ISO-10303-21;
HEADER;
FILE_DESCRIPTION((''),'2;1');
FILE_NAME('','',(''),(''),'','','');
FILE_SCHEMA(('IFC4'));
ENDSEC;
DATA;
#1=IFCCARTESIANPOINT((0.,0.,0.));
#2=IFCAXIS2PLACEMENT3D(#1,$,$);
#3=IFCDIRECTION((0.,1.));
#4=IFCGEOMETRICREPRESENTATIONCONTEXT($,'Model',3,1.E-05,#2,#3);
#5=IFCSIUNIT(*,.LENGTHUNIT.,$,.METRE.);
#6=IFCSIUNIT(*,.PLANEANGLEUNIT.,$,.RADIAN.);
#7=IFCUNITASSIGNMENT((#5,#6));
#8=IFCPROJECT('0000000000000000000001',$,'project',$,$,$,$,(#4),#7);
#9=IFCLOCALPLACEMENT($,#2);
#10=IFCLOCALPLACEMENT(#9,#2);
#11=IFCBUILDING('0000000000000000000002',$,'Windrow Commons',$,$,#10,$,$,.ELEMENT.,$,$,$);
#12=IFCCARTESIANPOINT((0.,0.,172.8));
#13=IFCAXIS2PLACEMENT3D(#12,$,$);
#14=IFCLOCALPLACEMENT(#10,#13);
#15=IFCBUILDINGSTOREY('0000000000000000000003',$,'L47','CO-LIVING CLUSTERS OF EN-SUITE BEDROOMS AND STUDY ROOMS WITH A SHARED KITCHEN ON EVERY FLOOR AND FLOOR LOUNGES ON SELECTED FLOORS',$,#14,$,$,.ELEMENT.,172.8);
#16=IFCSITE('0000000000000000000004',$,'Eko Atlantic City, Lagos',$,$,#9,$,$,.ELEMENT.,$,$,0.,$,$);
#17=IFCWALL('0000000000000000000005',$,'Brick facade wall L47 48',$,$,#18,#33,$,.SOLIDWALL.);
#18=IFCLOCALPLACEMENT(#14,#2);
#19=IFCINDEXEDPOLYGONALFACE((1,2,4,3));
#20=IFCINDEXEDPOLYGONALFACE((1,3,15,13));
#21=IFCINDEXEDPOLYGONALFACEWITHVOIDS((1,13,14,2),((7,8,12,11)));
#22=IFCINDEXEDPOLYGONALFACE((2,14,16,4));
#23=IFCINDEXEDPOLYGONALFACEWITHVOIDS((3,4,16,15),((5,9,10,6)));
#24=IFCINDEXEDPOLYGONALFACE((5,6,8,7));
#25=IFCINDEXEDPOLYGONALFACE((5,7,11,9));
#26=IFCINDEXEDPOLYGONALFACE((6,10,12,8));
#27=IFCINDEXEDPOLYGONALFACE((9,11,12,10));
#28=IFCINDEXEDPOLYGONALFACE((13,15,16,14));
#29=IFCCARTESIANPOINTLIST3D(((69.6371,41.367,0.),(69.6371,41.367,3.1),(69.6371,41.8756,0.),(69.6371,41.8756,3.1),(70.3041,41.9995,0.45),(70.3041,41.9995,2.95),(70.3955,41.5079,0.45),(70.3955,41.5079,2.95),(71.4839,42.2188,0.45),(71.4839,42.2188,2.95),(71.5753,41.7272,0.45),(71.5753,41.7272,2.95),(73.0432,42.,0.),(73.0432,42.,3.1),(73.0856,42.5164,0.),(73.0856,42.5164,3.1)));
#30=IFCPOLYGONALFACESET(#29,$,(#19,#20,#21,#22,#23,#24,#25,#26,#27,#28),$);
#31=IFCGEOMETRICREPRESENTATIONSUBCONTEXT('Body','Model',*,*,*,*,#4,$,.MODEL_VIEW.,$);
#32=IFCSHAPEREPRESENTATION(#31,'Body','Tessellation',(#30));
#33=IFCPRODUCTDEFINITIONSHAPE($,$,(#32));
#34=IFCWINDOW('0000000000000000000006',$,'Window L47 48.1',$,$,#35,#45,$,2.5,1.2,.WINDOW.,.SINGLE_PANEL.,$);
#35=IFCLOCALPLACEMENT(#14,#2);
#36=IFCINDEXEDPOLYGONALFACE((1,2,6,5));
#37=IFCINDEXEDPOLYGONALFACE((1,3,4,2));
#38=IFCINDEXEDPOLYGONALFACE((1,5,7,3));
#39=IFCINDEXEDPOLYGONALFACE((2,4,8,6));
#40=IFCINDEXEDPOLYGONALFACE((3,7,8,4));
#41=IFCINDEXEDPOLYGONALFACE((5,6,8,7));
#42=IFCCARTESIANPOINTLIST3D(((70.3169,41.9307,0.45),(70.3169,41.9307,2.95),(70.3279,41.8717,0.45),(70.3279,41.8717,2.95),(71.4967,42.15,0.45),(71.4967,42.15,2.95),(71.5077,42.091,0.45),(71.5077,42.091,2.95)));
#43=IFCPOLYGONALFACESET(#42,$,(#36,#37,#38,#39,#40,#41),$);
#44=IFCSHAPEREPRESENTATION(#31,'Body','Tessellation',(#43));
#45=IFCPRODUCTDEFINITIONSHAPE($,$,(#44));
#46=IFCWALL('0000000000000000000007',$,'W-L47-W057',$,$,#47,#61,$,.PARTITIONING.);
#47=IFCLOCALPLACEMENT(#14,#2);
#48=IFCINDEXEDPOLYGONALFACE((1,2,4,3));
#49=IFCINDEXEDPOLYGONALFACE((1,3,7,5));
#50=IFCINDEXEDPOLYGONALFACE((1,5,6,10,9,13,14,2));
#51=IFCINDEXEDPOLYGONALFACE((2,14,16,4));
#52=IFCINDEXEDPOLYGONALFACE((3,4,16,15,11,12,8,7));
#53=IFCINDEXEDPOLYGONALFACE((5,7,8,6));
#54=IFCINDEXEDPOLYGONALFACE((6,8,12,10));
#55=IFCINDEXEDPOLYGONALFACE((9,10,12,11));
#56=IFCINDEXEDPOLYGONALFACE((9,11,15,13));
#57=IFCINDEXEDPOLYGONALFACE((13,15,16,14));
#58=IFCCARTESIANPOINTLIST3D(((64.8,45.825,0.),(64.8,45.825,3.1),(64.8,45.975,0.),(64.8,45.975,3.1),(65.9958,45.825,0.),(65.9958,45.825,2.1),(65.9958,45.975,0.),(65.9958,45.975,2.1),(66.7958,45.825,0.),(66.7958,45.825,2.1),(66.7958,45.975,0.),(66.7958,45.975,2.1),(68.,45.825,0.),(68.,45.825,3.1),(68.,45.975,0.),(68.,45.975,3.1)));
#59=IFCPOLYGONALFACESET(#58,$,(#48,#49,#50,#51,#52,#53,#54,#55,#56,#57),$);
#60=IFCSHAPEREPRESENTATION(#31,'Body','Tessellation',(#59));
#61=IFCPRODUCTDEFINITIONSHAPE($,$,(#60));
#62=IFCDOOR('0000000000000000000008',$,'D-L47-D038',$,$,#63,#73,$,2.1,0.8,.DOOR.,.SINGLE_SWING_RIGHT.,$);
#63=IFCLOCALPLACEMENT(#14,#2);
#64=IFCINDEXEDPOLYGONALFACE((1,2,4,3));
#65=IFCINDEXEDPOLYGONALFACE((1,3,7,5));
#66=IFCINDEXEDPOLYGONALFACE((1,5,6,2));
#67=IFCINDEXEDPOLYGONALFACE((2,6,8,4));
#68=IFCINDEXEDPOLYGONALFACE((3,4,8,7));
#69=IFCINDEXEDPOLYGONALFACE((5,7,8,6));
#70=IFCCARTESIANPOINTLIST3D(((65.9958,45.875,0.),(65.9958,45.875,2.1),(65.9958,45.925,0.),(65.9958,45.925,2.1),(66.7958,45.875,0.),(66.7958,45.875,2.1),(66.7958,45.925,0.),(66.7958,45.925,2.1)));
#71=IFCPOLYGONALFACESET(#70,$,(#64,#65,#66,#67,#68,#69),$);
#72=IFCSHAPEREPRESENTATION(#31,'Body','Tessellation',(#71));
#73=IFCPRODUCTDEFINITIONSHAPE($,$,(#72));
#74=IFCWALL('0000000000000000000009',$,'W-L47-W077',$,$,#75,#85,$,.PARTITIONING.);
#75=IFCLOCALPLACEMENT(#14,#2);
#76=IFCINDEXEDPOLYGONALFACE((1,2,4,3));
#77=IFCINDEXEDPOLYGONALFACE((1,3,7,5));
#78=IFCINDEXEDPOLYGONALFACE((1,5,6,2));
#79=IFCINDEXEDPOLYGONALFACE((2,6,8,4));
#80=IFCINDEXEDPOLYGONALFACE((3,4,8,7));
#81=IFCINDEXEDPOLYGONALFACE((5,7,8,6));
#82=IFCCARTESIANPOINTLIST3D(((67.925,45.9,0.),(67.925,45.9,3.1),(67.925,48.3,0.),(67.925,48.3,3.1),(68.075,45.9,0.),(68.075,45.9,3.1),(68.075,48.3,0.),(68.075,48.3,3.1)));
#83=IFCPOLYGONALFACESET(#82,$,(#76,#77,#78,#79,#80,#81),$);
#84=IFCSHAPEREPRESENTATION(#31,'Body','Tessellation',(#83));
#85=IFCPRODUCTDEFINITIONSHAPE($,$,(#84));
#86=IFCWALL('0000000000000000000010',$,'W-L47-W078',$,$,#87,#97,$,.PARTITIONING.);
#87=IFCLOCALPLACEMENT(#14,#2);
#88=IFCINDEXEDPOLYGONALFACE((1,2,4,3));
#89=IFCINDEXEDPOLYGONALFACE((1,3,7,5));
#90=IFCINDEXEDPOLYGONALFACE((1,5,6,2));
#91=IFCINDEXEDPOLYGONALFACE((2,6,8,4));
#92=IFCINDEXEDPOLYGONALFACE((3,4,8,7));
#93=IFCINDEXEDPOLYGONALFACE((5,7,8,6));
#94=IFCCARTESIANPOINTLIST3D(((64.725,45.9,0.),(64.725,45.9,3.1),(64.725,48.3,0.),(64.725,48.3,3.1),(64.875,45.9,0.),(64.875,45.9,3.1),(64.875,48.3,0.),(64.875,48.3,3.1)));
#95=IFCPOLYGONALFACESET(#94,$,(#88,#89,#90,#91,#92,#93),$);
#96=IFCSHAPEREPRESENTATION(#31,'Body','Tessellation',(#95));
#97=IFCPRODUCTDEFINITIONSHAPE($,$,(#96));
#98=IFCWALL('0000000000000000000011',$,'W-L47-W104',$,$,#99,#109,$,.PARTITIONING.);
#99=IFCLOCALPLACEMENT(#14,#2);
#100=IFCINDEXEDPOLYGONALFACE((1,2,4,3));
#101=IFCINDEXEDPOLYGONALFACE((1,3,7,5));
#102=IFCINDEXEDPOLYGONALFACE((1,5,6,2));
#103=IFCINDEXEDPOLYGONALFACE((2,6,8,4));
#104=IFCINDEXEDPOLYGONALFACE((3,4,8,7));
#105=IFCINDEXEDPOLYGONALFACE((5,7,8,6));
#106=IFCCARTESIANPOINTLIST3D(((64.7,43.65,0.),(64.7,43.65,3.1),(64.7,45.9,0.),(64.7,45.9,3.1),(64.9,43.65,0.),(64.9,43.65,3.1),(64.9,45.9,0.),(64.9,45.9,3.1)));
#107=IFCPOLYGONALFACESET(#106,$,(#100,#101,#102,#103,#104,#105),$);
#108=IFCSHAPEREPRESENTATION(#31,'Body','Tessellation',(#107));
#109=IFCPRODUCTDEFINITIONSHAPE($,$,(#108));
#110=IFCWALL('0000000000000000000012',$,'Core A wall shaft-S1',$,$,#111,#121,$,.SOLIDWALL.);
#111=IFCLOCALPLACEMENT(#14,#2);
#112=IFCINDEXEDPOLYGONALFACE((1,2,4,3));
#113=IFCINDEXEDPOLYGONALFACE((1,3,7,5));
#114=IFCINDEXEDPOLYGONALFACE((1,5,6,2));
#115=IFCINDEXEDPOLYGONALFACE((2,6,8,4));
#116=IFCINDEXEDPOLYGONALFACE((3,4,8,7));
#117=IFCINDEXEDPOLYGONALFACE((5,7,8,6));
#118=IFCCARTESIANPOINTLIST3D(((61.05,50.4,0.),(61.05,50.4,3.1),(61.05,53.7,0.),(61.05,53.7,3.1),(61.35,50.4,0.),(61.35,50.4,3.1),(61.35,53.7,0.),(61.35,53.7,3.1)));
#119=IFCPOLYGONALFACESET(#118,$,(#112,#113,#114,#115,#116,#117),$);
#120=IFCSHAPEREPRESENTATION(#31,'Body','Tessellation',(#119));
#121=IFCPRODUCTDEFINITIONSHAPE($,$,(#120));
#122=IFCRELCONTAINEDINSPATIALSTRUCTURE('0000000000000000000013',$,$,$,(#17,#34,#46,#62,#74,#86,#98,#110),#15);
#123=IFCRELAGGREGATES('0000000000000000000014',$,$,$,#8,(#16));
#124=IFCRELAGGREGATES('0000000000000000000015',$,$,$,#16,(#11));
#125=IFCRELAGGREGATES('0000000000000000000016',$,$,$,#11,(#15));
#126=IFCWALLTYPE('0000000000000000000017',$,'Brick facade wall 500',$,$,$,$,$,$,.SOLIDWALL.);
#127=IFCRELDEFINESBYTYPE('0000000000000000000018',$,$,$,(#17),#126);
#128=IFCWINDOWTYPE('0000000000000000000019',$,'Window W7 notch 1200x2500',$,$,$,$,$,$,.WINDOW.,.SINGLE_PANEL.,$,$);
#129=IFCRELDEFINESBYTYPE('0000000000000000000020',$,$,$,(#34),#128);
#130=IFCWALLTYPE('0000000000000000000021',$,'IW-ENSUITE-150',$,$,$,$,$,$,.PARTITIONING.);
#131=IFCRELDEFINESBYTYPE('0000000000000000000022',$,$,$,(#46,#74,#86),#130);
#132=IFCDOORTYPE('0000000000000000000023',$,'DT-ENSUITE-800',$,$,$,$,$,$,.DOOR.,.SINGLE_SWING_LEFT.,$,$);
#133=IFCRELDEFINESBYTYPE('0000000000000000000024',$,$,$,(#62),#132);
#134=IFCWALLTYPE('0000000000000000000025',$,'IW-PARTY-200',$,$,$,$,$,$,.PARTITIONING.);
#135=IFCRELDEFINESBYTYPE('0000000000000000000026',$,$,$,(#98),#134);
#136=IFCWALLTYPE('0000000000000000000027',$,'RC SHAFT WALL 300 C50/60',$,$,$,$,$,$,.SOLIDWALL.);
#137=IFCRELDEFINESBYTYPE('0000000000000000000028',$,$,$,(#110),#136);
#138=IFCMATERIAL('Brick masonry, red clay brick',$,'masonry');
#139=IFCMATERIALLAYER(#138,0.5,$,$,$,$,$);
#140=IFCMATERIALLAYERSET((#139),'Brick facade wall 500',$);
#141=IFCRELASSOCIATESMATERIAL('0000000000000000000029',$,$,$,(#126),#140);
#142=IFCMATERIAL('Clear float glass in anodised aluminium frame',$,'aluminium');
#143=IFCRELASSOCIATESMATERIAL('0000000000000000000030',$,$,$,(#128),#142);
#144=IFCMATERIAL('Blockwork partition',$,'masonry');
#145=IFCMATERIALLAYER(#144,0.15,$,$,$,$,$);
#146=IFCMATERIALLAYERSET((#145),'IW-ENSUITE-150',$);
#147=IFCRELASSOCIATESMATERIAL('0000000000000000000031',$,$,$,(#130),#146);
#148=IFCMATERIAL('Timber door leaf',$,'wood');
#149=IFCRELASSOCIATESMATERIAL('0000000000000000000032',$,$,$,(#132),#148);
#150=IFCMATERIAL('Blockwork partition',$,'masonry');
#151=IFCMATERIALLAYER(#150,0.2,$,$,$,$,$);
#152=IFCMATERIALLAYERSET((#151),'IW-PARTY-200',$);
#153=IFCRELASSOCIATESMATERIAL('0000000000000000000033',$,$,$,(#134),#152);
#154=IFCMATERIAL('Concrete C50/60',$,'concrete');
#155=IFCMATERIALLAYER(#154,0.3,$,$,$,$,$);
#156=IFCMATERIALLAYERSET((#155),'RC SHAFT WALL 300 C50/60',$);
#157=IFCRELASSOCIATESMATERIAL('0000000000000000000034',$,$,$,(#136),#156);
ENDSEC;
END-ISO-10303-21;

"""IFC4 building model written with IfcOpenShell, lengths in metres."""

from ifc_helpers import new_model, si_unit, direction, frame, frame_2d, origin, place, context, subcontext, project, spatial, polyline, rectangle, outline, extrude, material, layer, layer_set, type_object, element, fill, save


model = new_model("IFC4")

# Units and contexts
model_context = context("Model", 3, precision=1e-05, world=origin(), true_north=direction((0.0, 1.0)))
body_context = subcontext(model_context, "Body", "Model", "MODEL_VIEW")
ifc_project = project(units=[si_unit("LENGTHUNIT", "METRE"), si_unit("PLANEANGLEUNIT", "RADIAN")], contexts=[model_context])

# Site, building, storey
site_placement = place(None, origin())
site = spatial("IfcSite", under=ifc_project, at=site_placement, Name="Eko Atlantic City, Lagos", CompositionType="ELEMENT", RefElevation=0.0)
building_placement = place(site_placement, origin())
building = spatial("IfcBuilding", under=site, at=building_placement, Name="Windrow Commons", CompositionType="ELEMENT")
storey_placement = place(building_placement, frame((0.0, 0.0, 172.8)))
storey = spatial("IfcBuildingStorey", under=building, at=storey_placement, Name="L47", Description="CO-LIVING CLUSTERS OF EN-SUITE BEDROOMS AND STUDY ROOMS WITH A SHARED KITCHEN ON EVERY FLOOR AND FLOOR LOUNGES ON SELECTED FLOORS", CompositionType="ELEMENT", Elevation=172.8)

# Shared definitions
ifc_material_1 = material(Name="Brick masonry, red clay brick", Category="masonry")
ifc_layer_1 = layer(ifc_material_1, 0.5)
ifc_layer_set_1 = layer_set([ifc_layer_1], Name="Brick facade wall 500")
wall_type_1 = type_object("IfcWallType", Name="Brick facade wall 500", PredefinedType="SOLIDWALL", material=ifc_layer_set_1)
ifc_material_2 = material(Name="Clear float glass in anodised aluminium frame", Category="aluminium")
window_type = type_object("IfcWindowType", Name="Window W7 notch 1200x2500", PartitioningType="SINGLE_PANEL", PredefinedType="WINDOW", material=ifc_material_2)

# Wall, opening, window
wall_1_placement = place(storey_placement, frame((69.6371, 41.6213, 0.0), z_axis=(0.0, 0.0, 1.0), x_axis=(0.983168, 0.182704, 0.0)))
wall_1 = element("IfcWall", 1, at=wall_1_placement, inside=storey, type_object=wall_type_1, Name="Brick facade wall L47 48", PredefinedType="SOLIDWALL", context=body_context, shape_type="SweptSolid", body=[
    extrude(outline(polyline([(-0.0465, -0.25), (3.418, -0.25), (3.554, 0.25), (0.0465, 0.25), (-0.0465, -0.25)])), origin(), (0.0, 0.0, 1.0), 3.1),
])
opening_1_placement = place(wall_1_placement, frame((0.7249, 0.0, 0.45)))
opening_1 = element("IfcOpeningElement", 2, at=opening_1_placement, cuts=wall_1, PredefinedType="OPENING", context=body_context, shape_type="SweptSolid", body=[
    extrude(rectangle(XDim=1.2, YDim=2.5, at=frame_2d((0.6, 1.25))), frame((0.0, 0.26, 0.0), z_axis=(0.0, -1.0, 0.0), x_axis=(1.0, 0.0, 0.0)), (0.0, 0.0, 1.0), 0.52),
])
window_1_placement = place(opening_1_placement, origin())
window_1 = element("IfcWindow", 3, at=window_1_placement, inside=storey, type_object=window_type, Name="Window L47 48.1", OverallHeight=2.5, OverallWidth=1.2, PartitioningType="SINGLE_PANEL", PredefinedType="WINDOW", context=body_context, shape_type="SweptSolid", body=[
    extrude(rectangle(XDim=1.2, YDim=2.5, at=frame_2d((0.6, 1.25))), frame((0.0, 0.18, 0.0), z_axis=(0.0, -1.0, 0.0), x_axis=(1.0, 0.0, 0.0)), (0.0, 0.0, 1.0), 0.06),
])
fill(opening_1, window_1)

# Wall, opening, door
ifc_material_3 = material(Name="Blockwork partition", Category="masonry")
ifc_layer_2 = layer(ifc_material_3, 0.15)
ifc_layer_set_2 = layer_set([ifc_layer_2], Name="IW-ENSUITE-150")
wall_type_2 = type_object("IfcWallType", Name="IW-ENSUITE-150", PredefinedType="PARTITIONING", material=ifc_layer_set_2)
wall_2_placement = place(storey_placement, frame((64.8, 45.9, 0.0), z_axis=(0.0, 0.0, 1.0), x_axis=(1.0, 0.0, 0.0)))
wall_2 = element("IfcWall", 4, at=wall_2_placement, inside=storey, type_object=wall_type_2, Name="W-L47-W057", PredefinedType="PARTITIONING", context=body_context, shape_type="SweptSolid", body=[
    extrude(rectangle(XDim=3.2, YDim=0.15, at=frame_2d((1.6, 0.0))), origin(), (0.0, 0.0, 1.0), 3.1),
])
opening_2_placement = place(wall_2_placement, frame((1.1958, 0.0, 0.0)))
opening_2 = element("IfcOpeningElement", 5, at=opening_2_placement, cuts=wall_2, PredefinedType="OPENING", context=body_context, shape_type="SweptSolid", body=[
    extrude(rectangle(XDim=0.8, YDim=2.1, at=frame_2d((0.4, 1.05))), frame((0.0, 0.085, 0.0), z_axis=(0.0, -1.0, 0.0), x_axis=(1.0, 0.0, 0.0)), (0.0, 0.0, 1.0), 0.17),
])
ifc_material_4 = material(Name="Timber door leaf", Category="wood")
door_type = type_object("IfcDoorType", Name="DT-ENSUITE-800", OperationType="SINGLE_SWING_LEFT", PredefinedType="DOOR", material=ifc_material_4)
door_placement = place(opening_2_placement, origin())
door = element("IfcDoor", 6, at=door_placement, inside=storey, type_object=door_type, Name="D-L47-D038", OperationType="SINGLE_SWING_RIGHT", OverallHeight=2.1, OverallWidth=0.8, PredefinedType="DOOR", context=body_context, shape_type="SweptSolid", body=[
    extrude(rectangle(XDim=0.8, YDim=2.1, at=frame_2d((0.4, 1.05))), frame((0.0, 0.025, 0.0), z_axis=(0.0, -1.0, 0.0), x_axis=(1.0, 0.0, 0.0)), (0.0, 0.0, 1.0), 0.05),
])
fill(opening_2, door)

# Walls
for number, where, z_axis, x_axis, name in (
    (7, (68.0, 45.9, 0.0), (0.0, 0.0, 1.0), (0.0, 1.0, 0.0), "W-L47-W077"),
    (8, (64.8, 45.9, 0.0), (0.0, 0.0, 1.0), (0.0, 1.0, 0.0), "W-L47-W078"),
):
    element("IfcWall", number, at=place(storey_placement, frame(where, z_axis=z_axis, x_axis=x_axis)), inside=storey, type_object=wall_type_2, Name=name, PredefinedType="PARTITIONING", context=body_context, shape_type="SweptSolid", body=[
        extrude(rectangle(XDim=2.4, YDim=0.15, at=frame_2d((1.2, 0.0))), origin(), (0.0, 0.0, 1.0), 3.1),
    ])
ifc_material_5 = material(Name="Blockwork partition", Category="masonry")
ifc_layer_3 = layer(ifc_material_5, 0.2)
ifc_layer_set_3 = layer_set([ifc_layer_3], Name="IW-PARTY-200")
wall_type_3 = type_object("IfcWallType", Name="IW-PARTY-200", PredefinedType="PARTITIONING", material=ifc_layer_set_3)
wall_3_placement = place(storey_placement, frame((64.8, 43.65, 0.0), z_axis=(0.0, 0.0, 1.0), x_axis=(0.0, 1.0, 0.0)))
element("IfcWall", 9, at=wall_3_placement, inside=storey, type_object=wall_type_3, Name="W-L47-W104", PredefinedType="PARTITIONING", context=body_context, shape_type="SweptSolid", body=[
    extrude(rectangle(XDim=2.25, YDim=0.2, at=frame_2d((1.125, 0.0))), origin(), (0.0, 0.0, 1.0), 3.1),
])
ifc_material_6 = material(Name="Concrete C50/60", Category="concrete")
ifc_layer_4 = layer(ifc_material_6, 0.3)
ifc_layer_set_4 = layer_set([ifc_layer_4], Name="RC SHAFT WALL 300 C50/60")
wall_type_4 = type_object("IfcWallType", Name="RC SHAFT WALL 300 C50/60", PredefinedType="SOLIDWALL", material=ifc_layer_set_4)
wall_4_placement = place(storey_placement, frame((61.2, 50.4, 0.0), z_axis=(0.0, 0.0, 1.0), x_axis=(0.0, 1.0, 0.0)))
element("IfcWall", 10, at=wall_4_placement, inside=storey, type_object=wall_type_4, Name="Core A wall shaft-S1", PredefinedType="SOLIDWALL", context=body_context, shape_type="SweptSolid", body=[
    extrude(rectangle(XDim=3.3, YDim=0.3, at=frame_2d((1.65, 0.0))), origin(), (0.0, 0.0, 1.0), 3.1),
])

save(model, "model.ifc")
